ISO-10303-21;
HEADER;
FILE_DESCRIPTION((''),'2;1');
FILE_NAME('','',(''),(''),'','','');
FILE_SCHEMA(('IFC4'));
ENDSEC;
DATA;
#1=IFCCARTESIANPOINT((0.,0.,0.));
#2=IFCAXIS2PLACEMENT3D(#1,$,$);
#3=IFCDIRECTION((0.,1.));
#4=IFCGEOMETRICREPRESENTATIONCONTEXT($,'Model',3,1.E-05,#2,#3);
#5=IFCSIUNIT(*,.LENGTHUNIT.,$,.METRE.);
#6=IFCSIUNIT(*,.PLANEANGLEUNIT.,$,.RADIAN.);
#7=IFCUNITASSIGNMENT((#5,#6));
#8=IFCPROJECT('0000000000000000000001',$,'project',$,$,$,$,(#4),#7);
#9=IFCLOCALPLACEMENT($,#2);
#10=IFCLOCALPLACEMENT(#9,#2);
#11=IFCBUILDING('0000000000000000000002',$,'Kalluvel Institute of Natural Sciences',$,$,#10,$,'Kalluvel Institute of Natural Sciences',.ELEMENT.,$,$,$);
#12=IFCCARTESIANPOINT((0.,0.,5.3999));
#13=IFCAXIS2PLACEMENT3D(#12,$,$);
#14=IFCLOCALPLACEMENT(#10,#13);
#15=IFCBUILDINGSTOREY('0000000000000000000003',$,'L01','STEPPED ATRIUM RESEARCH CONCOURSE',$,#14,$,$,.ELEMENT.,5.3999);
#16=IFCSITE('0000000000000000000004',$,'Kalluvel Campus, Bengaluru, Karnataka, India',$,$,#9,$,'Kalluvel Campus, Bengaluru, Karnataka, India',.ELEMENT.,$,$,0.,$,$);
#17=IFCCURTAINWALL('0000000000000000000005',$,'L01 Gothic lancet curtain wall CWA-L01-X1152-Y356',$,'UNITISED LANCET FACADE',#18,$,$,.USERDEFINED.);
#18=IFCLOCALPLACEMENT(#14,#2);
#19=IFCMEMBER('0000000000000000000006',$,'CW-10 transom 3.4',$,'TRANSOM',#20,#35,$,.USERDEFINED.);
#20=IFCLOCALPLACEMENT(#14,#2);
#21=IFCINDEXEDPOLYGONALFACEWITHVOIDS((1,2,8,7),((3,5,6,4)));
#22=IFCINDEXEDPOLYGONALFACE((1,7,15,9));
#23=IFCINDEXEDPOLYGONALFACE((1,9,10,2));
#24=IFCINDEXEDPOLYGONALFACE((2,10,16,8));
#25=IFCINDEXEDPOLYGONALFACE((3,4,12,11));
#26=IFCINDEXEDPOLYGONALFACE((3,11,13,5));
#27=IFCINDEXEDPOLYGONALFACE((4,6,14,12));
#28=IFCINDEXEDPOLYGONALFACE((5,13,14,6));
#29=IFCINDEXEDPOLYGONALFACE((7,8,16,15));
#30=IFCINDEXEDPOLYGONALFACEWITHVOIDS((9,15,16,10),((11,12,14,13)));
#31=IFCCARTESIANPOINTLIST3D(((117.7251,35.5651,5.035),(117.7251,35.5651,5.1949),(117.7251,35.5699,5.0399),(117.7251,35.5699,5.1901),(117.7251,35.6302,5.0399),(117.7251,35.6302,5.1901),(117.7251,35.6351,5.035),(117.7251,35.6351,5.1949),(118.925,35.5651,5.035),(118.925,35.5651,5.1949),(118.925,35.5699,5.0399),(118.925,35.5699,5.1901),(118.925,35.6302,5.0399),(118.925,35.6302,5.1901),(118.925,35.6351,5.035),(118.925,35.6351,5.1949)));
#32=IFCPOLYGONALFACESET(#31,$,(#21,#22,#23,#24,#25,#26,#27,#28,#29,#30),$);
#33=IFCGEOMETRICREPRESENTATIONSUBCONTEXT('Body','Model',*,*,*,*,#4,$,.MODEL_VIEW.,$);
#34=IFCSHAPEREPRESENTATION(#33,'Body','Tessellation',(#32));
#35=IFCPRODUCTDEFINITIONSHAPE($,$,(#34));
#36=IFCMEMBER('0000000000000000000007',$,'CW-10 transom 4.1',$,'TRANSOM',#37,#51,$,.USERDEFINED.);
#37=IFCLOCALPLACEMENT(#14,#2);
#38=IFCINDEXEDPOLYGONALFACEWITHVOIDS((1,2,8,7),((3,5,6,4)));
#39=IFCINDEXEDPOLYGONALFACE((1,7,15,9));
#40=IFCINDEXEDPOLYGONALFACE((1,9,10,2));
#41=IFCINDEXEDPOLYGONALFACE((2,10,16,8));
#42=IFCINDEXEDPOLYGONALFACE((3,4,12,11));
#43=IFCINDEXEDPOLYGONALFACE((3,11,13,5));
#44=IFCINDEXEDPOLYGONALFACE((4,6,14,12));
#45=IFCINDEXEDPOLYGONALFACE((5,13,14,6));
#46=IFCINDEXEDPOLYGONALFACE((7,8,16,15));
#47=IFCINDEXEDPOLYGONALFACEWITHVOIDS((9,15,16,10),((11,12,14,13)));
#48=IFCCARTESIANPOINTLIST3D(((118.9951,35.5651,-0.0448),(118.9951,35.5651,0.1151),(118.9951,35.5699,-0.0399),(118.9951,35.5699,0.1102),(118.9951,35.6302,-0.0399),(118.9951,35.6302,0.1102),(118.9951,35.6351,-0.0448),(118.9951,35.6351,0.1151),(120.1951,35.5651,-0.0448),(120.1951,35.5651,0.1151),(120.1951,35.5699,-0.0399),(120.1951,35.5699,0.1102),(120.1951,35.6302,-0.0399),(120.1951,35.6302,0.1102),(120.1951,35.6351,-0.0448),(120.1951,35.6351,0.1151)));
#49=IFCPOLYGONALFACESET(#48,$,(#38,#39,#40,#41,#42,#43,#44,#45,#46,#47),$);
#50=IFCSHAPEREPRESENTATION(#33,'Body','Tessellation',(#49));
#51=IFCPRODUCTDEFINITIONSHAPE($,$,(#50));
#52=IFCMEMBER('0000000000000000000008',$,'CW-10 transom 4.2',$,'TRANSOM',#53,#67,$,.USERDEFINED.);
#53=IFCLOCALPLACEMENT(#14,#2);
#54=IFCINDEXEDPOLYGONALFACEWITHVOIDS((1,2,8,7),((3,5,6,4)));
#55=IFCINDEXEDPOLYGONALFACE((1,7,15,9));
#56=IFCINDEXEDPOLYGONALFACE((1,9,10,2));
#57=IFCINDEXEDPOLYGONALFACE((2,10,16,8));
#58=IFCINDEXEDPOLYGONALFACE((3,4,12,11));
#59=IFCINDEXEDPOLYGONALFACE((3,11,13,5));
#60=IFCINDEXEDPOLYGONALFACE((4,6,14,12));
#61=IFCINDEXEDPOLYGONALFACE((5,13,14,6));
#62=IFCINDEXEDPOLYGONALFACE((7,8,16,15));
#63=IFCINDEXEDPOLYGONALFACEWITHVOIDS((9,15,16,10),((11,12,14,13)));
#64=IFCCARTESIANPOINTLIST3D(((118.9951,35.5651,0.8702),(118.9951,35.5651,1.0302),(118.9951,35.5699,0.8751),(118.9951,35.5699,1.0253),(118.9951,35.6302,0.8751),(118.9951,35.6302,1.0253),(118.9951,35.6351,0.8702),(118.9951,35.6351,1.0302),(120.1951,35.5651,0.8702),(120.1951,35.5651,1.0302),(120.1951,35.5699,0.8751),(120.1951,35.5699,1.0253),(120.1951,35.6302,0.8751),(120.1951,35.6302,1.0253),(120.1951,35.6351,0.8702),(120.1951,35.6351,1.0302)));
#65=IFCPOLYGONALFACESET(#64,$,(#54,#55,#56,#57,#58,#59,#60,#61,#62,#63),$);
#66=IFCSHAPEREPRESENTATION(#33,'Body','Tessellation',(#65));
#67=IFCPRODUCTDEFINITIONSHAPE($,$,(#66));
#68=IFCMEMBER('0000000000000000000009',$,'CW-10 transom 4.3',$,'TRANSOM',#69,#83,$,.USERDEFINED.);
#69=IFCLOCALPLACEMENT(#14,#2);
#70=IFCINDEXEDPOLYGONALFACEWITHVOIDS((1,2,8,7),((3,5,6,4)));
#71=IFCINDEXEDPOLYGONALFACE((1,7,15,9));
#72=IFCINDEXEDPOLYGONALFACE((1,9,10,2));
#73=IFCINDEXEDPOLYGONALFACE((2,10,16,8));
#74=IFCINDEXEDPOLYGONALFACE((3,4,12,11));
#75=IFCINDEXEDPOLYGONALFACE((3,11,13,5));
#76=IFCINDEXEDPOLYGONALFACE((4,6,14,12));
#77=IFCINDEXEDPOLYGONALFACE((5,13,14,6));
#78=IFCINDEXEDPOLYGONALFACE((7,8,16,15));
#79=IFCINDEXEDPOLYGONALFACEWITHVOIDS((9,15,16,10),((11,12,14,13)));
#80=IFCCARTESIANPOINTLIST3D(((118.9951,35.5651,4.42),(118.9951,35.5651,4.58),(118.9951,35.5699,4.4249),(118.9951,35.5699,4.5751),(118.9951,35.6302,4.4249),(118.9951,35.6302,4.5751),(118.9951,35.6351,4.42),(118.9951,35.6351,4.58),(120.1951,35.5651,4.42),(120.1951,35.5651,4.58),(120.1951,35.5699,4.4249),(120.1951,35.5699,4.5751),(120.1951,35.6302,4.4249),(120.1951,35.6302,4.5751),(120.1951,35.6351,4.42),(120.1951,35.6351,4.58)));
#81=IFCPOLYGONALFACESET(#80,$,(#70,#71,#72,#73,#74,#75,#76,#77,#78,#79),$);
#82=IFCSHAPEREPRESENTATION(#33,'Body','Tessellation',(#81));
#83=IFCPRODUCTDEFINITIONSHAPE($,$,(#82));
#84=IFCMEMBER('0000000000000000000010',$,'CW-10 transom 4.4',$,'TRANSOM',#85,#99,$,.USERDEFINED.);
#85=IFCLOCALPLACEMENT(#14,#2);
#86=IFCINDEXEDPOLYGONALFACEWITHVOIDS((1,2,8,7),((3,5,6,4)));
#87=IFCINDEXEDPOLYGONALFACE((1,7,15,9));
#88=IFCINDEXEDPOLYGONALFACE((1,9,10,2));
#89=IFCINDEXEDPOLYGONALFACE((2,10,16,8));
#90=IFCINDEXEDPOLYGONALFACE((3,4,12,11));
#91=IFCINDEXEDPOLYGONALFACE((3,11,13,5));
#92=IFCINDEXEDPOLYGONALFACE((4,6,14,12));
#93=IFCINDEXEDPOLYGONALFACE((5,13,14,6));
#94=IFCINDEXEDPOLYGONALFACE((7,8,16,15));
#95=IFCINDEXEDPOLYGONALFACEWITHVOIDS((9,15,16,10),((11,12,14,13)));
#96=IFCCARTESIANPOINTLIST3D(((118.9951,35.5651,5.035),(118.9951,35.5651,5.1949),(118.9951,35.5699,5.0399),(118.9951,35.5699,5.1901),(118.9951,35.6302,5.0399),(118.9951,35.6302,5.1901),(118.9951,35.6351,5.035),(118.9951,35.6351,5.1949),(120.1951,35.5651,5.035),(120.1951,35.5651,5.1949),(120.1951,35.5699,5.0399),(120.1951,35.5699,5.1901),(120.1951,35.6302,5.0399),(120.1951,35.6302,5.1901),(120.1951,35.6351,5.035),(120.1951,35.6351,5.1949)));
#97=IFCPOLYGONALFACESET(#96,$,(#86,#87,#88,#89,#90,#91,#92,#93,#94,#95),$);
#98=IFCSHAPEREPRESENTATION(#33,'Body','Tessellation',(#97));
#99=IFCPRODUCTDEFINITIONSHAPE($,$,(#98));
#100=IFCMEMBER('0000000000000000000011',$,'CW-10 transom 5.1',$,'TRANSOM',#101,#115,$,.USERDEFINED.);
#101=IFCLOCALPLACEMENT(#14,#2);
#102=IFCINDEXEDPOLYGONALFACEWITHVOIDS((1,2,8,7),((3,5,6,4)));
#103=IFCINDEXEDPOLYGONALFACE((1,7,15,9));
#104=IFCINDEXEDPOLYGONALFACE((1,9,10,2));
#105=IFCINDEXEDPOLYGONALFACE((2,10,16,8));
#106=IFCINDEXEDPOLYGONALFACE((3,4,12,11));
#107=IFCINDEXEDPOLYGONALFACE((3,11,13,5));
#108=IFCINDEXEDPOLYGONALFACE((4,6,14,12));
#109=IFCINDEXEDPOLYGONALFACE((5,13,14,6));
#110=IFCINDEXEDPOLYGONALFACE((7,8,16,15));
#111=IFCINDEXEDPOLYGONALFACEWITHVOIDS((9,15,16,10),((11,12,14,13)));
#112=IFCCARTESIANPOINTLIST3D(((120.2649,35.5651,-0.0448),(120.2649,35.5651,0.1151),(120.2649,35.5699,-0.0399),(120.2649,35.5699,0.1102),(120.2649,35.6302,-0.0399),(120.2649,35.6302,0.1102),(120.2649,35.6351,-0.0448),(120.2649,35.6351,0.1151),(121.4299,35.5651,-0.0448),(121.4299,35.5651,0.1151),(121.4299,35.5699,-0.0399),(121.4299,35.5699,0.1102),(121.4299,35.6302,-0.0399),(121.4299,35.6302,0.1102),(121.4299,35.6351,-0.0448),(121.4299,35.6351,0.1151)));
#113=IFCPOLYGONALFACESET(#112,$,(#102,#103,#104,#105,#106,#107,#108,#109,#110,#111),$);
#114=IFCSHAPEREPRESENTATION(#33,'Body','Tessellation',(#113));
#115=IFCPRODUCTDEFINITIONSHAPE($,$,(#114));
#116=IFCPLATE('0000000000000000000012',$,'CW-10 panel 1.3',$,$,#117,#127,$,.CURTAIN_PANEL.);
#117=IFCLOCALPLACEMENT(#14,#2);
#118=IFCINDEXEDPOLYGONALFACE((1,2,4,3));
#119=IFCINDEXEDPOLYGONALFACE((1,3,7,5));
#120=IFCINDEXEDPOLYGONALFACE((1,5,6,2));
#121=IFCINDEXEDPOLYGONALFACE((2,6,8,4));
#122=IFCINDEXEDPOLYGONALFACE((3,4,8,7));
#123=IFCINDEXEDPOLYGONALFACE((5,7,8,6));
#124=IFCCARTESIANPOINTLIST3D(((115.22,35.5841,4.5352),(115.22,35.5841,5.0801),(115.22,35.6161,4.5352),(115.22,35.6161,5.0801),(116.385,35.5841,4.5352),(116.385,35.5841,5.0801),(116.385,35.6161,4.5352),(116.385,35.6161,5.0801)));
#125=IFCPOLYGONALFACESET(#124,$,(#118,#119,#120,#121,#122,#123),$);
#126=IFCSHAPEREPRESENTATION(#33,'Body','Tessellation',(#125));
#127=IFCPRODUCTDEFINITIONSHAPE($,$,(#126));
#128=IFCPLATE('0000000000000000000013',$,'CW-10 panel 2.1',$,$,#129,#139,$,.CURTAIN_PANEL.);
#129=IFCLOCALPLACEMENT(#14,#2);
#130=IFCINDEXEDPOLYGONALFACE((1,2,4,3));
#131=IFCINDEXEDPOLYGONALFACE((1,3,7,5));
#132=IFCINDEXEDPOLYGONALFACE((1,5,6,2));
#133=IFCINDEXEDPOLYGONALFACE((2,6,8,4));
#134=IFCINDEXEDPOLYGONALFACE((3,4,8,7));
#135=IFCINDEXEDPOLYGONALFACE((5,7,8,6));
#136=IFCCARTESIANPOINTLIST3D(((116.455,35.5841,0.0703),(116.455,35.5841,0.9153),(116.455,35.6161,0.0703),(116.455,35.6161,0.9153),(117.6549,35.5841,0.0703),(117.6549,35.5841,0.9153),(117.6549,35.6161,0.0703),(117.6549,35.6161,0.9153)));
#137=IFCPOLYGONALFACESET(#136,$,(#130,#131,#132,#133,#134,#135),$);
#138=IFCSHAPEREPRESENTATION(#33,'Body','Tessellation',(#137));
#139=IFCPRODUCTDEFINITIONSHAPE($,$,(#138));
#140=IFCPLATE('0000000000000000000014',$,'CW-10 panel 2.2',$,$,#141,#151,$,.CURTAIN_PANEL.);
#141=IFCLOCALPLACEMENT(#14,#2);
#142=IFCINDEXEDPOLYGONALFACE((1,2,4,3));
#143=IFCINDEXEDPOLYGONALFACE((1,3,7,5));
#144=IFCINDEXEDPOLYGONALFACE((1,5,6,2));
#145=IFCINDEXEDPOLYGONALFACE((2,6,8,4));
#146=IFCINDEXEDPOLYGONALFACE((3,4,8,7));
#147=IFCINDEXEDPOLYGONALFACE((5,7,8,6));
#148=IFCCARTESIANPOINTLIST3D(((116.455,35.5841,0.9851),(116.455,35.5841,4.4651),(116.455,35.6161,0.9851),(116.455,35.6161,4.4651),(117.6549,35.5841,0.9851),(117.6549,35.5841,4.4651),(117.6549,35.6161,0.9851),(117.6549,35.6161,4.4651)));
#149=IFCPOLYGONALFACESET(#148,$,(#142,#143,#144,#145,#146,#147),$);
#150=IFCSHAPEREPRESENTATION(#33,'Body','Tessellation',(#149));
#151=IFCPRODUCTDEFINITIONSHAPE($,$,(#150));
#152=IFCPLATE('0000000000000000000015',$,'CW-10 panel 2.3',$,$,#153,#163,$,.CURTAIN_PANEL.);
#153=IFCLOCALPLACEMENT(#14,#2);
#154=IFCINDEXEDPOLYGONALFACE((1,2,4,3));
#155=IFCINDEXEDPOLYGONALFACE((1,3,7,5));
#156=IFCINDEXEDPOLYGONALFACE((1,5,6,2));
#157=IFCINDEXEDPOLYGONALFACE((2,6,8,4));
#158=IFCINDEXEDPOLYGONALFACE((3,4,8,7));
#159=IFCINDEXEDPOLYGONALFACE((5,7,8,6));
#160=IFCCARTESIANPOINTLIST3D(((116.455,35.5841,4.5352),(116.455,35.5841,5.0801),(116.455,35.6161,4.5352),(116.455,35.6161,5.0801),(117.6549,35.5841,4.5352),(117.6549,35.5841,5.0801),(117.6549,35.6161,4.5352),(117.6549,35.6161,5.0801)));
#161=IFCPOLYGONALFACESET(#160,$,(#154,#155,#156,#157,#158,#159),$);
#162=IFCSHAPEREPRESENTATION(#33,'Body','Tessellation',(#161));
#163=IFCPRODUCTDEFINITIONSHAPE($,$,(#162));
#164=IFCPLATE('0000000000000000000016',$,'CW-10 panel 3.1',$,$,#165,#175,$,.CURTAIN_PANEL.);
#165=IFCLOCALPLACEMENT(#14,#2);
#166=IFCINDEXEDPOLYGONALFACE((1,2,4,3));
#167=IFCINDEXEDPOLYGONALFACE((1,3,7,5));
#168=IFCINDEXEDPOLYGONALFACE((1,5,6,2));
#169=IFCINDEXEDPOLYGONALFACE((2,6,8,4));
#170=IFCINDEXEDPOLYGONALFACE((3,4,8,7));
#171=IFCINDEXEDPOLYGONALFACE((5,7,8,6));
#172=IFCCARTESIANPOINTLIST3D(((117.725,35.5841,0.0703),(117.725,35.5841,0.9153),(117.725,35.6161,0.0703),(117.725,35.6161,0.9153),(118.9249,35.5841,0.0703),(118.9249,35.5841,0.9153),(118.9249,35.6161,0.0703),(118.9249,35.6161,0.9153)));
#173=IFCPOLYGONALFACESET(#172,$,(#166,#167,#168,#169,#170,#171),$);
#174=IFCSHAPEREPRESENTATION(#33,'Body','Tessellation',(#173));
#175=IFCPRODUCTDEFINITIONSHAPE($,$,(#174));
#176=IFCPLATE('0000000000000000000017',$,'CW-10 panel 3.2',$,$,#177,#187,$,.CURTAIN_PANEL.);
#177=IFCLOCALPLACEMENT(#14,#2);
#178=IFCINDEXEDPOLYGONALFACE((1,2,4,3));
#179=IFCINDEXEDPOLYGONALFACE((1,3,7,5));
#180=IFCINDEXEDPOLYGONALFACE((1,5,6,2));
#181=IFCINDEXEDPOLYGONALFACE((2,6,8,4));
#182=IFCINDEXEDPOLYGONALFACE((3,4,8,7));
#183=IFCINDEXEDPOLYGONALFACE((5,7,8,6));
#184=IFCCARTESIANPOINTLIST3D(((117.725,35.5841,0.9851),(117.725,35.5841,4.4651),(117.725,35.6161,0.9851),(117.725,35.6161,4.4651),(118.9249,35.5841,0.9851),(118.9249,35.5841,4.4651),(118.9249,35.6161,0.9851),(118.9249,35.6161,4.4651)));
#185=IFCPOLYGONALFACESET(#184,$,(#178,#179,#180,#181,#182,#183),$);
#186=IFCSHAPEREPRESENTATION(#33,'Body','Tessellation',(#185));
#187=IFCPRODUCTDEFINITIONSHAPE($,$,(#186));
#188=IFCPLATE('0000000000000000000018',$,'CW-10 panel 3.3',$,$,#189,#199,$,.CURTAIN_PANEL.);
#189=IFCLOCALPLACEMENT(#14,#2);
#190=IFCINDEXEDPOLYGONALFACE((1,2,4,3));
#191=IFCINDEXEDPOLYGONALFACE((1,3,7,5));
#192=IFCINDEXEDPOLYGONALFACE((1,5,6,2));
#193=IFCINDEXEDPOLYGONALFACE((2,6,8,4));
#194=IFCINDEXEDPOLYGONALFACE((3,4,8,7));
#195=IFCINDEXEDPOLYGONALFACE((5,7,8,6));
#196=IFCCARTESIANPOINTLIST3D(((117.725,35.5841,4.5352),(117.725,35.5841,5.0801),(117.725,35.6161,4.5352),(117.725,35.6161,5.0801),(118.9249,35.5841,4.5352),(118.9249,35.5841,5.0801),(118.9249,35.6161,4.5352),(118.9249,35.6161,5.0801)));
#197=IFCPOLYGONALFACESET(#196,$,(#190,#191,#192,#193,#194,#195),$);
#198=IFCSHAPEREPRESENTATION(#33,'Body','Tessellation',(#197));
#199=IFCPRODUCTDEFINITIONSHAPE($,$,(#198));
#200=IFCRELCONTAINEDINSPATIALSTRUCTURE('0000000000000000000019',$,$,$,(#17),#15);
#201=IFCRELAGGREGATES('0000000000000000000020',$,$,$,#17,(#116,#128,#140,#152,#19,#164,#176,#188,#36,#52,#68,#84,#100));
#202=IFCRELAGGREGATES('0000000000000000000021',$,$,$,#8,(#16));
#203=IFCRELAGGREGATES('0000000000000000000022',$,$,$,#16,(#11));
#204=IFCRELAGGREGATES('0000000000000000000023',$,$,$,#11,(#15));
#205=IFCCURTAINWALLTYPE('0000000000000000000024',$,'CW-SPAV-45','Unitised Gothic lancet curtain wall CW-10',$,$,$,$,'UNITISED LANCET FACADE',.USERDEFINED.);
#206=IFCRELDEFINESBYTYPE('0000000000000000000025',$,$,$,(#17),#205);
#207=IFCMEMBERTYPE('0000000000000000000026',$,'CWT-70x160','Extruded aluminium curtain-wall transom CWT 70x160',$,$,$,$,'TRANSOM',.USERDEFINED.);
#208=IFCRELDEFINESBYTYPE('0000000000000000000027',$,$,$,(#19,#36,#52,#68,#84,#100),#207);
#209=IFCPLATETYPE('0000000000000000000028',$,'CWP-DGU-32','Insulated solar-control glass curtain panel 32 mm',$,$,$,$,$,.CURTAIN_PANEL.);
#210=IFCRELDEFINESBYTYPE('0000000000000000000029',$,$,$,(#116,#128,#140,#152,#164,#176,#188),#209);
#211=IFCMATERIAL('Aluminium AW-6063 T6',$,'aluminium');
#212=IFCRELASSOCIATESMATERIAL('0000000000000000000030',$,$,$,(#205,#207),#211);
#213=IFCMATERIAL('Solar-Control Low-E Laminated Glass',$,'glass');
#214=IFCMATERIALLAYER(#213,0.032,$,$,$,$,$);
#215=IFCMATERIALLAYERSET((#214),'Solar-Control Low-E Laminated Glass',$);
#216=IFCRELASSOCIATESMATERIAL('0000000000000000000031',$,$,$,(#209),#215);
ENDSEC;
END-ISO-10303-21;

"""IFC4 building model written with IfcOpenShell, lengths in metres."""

from ifc_helpers import new_model, si_unit, direction, frame, origin, origin_2d, place, context, subcontext, project, spatial, rectangle, hollow_rectangle, extrude, material, layer, layer_set, material_profile, profile_set, type_object, element, aggregate, save


model = new_model("IFC4")

# Units and contexts
model_context = context("Model", 3, precision=1e-05, world=origin(), true_north=direction((0.0, 1.0)))
body_context = subcontext(model_context, "Body", "Model", "MODEL_VIEW")
ifc_project = project(units=[si_unit("LENGTHUNIT", "METRE"), si_unit("PLANEANGLEUNIT", "RADIAN")], contexts=[model_context])

# Site, building, storey
site_placement = place(None, origin())
site = spatial("IfcSite", under=ifc_project, at=site_placement, Name="Kalluvel Campus, Bengaluru, Karnataka, India", LongName="Kalluvel Campus, Bengaluru, Karnataka, India", CompositionType="ELEMENT", RefElevation=0.0)
building_placement = place(site_placement, origin())
building = spatial("IfcBuilding", under=site, at=building_placement, Name="Kalluvel Institute of Natural Sciences", LongName="Kalluvel Institute of Natural Sciences", CompositionType="ELEMENT")
storey_placement = place(building_placement, frame((0.0, 0.0, 5.3999)))
storey = spatial("IfcBuildingStorey", under=building, at=storey_placement, Name="L01", Description="STEPPED ATRIUM RESEARCH CONCOURSE", CompositionType="ELEMENT", Elevation=5.3999)

# Curtain wall, members, plates
ifc_material_1 = material(Name="Aluminium AW-6063 T6", Category="aluminium")
curtain_wall_type = type_object("IfcCurtainWallType", Name="CW-SPAV-45", Description="Unitised Gothic lancet curtain wall CW-10", ElementType="UNITISED LANCET FACADE", PredefinedType="USERDEFINED", material=ifc_material_1)
curtain_wall_placement = place(storey_placement, origin())
curtain_wall = element("IfcCurtainWall", 1, at=curtain_wall_placement, inside=storey, type_object=curtain_wall_type, Name="L01 Gothic lancet curtain wall CWA-L01-X1152-Y356", ObjectType="UNITISED LANCET FACADE", PredefinedType="USERDEFINED")
ifc_material_profile_1 = material_profile(ifc_material_1, hollow_rectangle(XDim=0.0701, YDim=0.1599, WallThickness=0.0049, at=origin_2d()), Name="CWT 70x160")
ifc_profile_set_1 = profile_set([ifc_material_profile_1], Name="Aluminium AW-6063 T6")
member_type_1 = type_object("IfcMemberType", Name="CWT-70x160", Description="Extruded aluminium curtain-wall transom CWT 70x160", ElementType="TRANSOM", PredefinedType="USERDEFINED", material=ifc_profile_set_1)
member_1_placement = place(storey_placement, frame((117.7251, 35.6001, 5.115), z_axis=(1.0, 0.0, 0.0), x_axis=(0.0, 1.0, 0.0)))
member_1 = element("IfcMember", 2, at=member_1_placement, type_object=member_type_1, Name="CW-10 transom 3.4", ObjectType="TRANSOM", PredefinedType="USERDEFINED", context=body_context, shape_type="SweptSolid", body=[
    extrude(hollow_rectangle(XDim=0.0701, YDim=0.1599, WallThickness=0.0049, at=origin_2d()), origin(), (0.0, 0.0, 1.0), 1.2),
])
member_2_placement = place(storey_placement, frame((118.9951, 35.6001, 0.0352), z_axis=(1.0, 0.0, 0.0), x_axis=(0.0, 1.0, 0.0)))
member_2 = element("IfcMember", 3, at=member_2_placement, type_object=member_type_1, Name="CW-10 transom 4.1", ObjectType="TRANSOM", PredefinedType="USERDEFINED", context=body_context, shape_type="SweptSolid", body=[
    extrude(hollow_rectangle(XDim=0.0701, YDim=0.1599, WallThickness=0.0049, at=origin_2d()), origin(), (0.0, 0.0, 1.0), 1.2),
])
member_3_placement = place(storey_placement, frame((118.9951, 35.6001, 0.9502), z_axis=(1.0, 0.0, 0.0), x_axis=(0.0, 1.0, 0.0)))
member_3 = element("IfcMember", 4, at=member_3_placement, type_object=member_type_1, Name="CW-10 transom 4.2", ObjectType="TRANSOM", PredefinedType="USERDEFINED", context=body_context, shape_type="SweptSolid", body=[
    extrude(hollow_rectangle(XDim=0.0701, YDim=0.1599, WallThickness=0.0049, at=origin_2d()), origin(), (0.0, 0.0, 1.0), 1.2),
])
member_4_placement = place(storey_placement, frame((118.9951, 35.6001, 4.5), z_axis=(1.0, 0.0, 0.0), x_axis=(0.0, 1.0, 0.0)))
member_4 = element("IfcMember", 5, at=member_4_placement, type_object=member_type_1, Name="CW-10 transom 4.3", ObjectType="TRANSOM", PredefinedType="USERDEFINED", context=body_context, shape_type="SweptSolid", body=[
    extrude(hollow_rectangle(XDim=0.0701, YDim=0.1599, WallThickness=0.0049, at=origin_2d()), origin(), (0.0, 0.0, 1.0), 1.2),
])
member_5_placement = place(storey_placement, frame((118.9951, 35.6001, 5.115), z_axis=(1.0, 0.0, 0.0), x_axis=(0.0, 1.0, 0.0)))
member_5 = element("IfcMember", 6, at=member_5_placement, type_object=member_type_1, Name="CW-10 transom 4.4", ObjectType="TRANSOM", PredefinedType="USERDEFINED", context=body_context, shape_type="SweptSolid", body=[
    extrude(hollow_rectangle(XDim=0.0701, YDim=0.1599, WallThickness=0.0049, at=origin_2d()), origin(), (0.0, 0.0, 1.0), 1.2),
])
member_6_placement = place(storey_placement, frame((120.2649, 35.6001, 0.0352), z_axis=(1.0, 0.0, 0.0), x_axis=(0.0, 1.0, 0.0)))
member_6 = element("IfcMember", 7, at=member_6_placement, type_object=member_type_1, Name="CW-10 transom 5.1", ObjectType="TRANSOM", PredefinedType="USERDEFINED", context=body_context, shape_type="SweptSolid", body=[
    extrude(hollow_rectangle(XDim=0.0701, YDim=0.1599, WallThickness=0.0049, at=origin_2d()), origin(), (0.0, 0.0, 1.0), 1.165),
])
ifc_material_2 = material(Name="Solar-Control Low-E Laminated Glass", Category="glass")
ifc_layer = layer(ifc_material_2, 0.032)
ifc_layer_set = layer_set([ifc_layer], Name="Solar-Control Low-E Laminated Glass")
plate_type = type_object("IfcPlateType", Name="CWP-DGU-32", Description="Insulated solar-control glass curtain panel 32 mm", PredefinedType="CURTAIN_PANEL", material=ifc_layer_set)
plate_1_placement = place(storey_placement, frame((115.8025, 35.6001, 4.5352), z_axis=(0.0, 0.0, 1.0), x_axis=(1.0, 0.0, 0.0)))
plate_1 = element("IfcPlate", 8, at=plate_1_placement, type_object=plate_type, Name="CW-10 panel 1.3", PredefinedType="CURTAIN_PANEL", context=body_context, shape_type="SweptSolid", body=[
    extrude(rectangle(XDim=1.165, YDim=0.032, at=origin_2d()), origin(), (0.0, 0.0, 1.0), 0.5449),
])
plate_2_placement = place(storey_placement, frame((117.0549, 35.6001, 0.0703), z_axis=(0.0, 0.0, 1.0), x_axis=(1.0, 0.0, 0.0)))
plate_2 = element("IfcPlate", 9, at=plate_2_placement, type_object=plate_type, Name="CW-10 panel 2.1", PredefinedType="CURTAIN_PANEL", context=body_context, shape_type="SweptSolid", body=[
    extrude(rectangle(XDim=1.2, YDim=0.032, at=origin_2d()), origin(), (0.0, 0.0, 1.0), 0.845),
])
plate_3_placement = place(storey_placement, frame((117.0549, 35.6001, 0.9851), z_axis=(0.0, 0.0, 1.0), x_axis=(1.0, 0.0, 0.0)))
plate_3 = element("IfcPlate", 10, at=plate_3_placement, type_object=plate_type, Name="CW-10 panel 2.2", PredefinedType="CURTAIN_PANEL", context=body_context, shape_type="SweptSolid", body=[
    extrude(rectangle(XDim=1.2, YDim=0.032, at=origin_2d()), origin(), (0.0, 0.0, 1.0), 3.48),
])
plate_4_placement = place(storey_placement, frame((117.0549, 35.6001, 4.5352), z_axis=(0.0, 0.0, 1.0), x_axis=(1.0, 0.0, 0.0)))
plate_4 = element("IfcPlate", 11, at=plate_4_placement, type_object=plate_type, Name="CW-10 panel 2.3", PredefinedType="CURTAIN_PANEL", context=body_context, shape_type="SweptSolid", body=[
    extrude(rectangle(XDim=1.2, YDim=0.032, at=origin_2d()), origin(), (0.0, 0.0, 1.0), 0.5449),
])
plate_5_placement = place(storey_placement, frame((118.325, 35.6001, 0.0703), z_axis=(0.0, 0.0, 1.0), x_axis=(1.0, 0.0, 0.0)))
plate_5 = element("IfcPlate", 12, at=plate_5_placement, type_object=plate_type, Name="CW-10 panel 3.1", PredefinedType="CURTAIN_PANEL", context=body_context, shape_type="SweptSolid", body=[
    extrude(rectangle(XDim=1.2, YDim=0.032, at=origin_2d()), origin(), (0.0, 0.0, 1.0), 0.845),
])
plate_6_placement = place(storey_placement, frame((118.325, 35.6001, 0.9851), z_axis=(0.0, 0.0, 1.0), x_axis=(1.0, 0.0, 0.0)))
plate_6 = element("IfcPlate", 13, at=plate_6_placement, type_object=plate_type, Name="CW-10 panel 3.2", PredefinedType="CURTAIN_PANEL", context=body_context, shape_type="SweptSolid", body=[
    extrude(rectangle(XDim=1.2, YDim=0.032, at=origin_2d()), origin(), (0.0, 0.0, 1.0), 3.48),
])
plate_7_placement = place(storey_placement, frame((118.325, 35.6001, 4.5352), z_axis=(0.0, 0.0, 1.0), x_axis=(1.0, 0.0, 0.0)))
plate_7 = element("IfcPlate", 14, at=plate_7_placement, type_object=plate_type, Name="CW-10 panel 3.3", PredefinedType="CURTAIN_PANEL", context=body_context, shape_type="SweptSolid", body=[
    extrude(rectangle(XDim=1.2, YDim=0.032, at=origin_2d()), origin(), (0.0, 0.0, 1.0), 0.5449),
])
aggregate(curtain_wall, [plate_1, plate_2, plate_3, plate_4, member_1, plate_5, plate_6, plate_7, member_2, member_3, member_4, member_5, member_6])

save(model, "model.ifc")
